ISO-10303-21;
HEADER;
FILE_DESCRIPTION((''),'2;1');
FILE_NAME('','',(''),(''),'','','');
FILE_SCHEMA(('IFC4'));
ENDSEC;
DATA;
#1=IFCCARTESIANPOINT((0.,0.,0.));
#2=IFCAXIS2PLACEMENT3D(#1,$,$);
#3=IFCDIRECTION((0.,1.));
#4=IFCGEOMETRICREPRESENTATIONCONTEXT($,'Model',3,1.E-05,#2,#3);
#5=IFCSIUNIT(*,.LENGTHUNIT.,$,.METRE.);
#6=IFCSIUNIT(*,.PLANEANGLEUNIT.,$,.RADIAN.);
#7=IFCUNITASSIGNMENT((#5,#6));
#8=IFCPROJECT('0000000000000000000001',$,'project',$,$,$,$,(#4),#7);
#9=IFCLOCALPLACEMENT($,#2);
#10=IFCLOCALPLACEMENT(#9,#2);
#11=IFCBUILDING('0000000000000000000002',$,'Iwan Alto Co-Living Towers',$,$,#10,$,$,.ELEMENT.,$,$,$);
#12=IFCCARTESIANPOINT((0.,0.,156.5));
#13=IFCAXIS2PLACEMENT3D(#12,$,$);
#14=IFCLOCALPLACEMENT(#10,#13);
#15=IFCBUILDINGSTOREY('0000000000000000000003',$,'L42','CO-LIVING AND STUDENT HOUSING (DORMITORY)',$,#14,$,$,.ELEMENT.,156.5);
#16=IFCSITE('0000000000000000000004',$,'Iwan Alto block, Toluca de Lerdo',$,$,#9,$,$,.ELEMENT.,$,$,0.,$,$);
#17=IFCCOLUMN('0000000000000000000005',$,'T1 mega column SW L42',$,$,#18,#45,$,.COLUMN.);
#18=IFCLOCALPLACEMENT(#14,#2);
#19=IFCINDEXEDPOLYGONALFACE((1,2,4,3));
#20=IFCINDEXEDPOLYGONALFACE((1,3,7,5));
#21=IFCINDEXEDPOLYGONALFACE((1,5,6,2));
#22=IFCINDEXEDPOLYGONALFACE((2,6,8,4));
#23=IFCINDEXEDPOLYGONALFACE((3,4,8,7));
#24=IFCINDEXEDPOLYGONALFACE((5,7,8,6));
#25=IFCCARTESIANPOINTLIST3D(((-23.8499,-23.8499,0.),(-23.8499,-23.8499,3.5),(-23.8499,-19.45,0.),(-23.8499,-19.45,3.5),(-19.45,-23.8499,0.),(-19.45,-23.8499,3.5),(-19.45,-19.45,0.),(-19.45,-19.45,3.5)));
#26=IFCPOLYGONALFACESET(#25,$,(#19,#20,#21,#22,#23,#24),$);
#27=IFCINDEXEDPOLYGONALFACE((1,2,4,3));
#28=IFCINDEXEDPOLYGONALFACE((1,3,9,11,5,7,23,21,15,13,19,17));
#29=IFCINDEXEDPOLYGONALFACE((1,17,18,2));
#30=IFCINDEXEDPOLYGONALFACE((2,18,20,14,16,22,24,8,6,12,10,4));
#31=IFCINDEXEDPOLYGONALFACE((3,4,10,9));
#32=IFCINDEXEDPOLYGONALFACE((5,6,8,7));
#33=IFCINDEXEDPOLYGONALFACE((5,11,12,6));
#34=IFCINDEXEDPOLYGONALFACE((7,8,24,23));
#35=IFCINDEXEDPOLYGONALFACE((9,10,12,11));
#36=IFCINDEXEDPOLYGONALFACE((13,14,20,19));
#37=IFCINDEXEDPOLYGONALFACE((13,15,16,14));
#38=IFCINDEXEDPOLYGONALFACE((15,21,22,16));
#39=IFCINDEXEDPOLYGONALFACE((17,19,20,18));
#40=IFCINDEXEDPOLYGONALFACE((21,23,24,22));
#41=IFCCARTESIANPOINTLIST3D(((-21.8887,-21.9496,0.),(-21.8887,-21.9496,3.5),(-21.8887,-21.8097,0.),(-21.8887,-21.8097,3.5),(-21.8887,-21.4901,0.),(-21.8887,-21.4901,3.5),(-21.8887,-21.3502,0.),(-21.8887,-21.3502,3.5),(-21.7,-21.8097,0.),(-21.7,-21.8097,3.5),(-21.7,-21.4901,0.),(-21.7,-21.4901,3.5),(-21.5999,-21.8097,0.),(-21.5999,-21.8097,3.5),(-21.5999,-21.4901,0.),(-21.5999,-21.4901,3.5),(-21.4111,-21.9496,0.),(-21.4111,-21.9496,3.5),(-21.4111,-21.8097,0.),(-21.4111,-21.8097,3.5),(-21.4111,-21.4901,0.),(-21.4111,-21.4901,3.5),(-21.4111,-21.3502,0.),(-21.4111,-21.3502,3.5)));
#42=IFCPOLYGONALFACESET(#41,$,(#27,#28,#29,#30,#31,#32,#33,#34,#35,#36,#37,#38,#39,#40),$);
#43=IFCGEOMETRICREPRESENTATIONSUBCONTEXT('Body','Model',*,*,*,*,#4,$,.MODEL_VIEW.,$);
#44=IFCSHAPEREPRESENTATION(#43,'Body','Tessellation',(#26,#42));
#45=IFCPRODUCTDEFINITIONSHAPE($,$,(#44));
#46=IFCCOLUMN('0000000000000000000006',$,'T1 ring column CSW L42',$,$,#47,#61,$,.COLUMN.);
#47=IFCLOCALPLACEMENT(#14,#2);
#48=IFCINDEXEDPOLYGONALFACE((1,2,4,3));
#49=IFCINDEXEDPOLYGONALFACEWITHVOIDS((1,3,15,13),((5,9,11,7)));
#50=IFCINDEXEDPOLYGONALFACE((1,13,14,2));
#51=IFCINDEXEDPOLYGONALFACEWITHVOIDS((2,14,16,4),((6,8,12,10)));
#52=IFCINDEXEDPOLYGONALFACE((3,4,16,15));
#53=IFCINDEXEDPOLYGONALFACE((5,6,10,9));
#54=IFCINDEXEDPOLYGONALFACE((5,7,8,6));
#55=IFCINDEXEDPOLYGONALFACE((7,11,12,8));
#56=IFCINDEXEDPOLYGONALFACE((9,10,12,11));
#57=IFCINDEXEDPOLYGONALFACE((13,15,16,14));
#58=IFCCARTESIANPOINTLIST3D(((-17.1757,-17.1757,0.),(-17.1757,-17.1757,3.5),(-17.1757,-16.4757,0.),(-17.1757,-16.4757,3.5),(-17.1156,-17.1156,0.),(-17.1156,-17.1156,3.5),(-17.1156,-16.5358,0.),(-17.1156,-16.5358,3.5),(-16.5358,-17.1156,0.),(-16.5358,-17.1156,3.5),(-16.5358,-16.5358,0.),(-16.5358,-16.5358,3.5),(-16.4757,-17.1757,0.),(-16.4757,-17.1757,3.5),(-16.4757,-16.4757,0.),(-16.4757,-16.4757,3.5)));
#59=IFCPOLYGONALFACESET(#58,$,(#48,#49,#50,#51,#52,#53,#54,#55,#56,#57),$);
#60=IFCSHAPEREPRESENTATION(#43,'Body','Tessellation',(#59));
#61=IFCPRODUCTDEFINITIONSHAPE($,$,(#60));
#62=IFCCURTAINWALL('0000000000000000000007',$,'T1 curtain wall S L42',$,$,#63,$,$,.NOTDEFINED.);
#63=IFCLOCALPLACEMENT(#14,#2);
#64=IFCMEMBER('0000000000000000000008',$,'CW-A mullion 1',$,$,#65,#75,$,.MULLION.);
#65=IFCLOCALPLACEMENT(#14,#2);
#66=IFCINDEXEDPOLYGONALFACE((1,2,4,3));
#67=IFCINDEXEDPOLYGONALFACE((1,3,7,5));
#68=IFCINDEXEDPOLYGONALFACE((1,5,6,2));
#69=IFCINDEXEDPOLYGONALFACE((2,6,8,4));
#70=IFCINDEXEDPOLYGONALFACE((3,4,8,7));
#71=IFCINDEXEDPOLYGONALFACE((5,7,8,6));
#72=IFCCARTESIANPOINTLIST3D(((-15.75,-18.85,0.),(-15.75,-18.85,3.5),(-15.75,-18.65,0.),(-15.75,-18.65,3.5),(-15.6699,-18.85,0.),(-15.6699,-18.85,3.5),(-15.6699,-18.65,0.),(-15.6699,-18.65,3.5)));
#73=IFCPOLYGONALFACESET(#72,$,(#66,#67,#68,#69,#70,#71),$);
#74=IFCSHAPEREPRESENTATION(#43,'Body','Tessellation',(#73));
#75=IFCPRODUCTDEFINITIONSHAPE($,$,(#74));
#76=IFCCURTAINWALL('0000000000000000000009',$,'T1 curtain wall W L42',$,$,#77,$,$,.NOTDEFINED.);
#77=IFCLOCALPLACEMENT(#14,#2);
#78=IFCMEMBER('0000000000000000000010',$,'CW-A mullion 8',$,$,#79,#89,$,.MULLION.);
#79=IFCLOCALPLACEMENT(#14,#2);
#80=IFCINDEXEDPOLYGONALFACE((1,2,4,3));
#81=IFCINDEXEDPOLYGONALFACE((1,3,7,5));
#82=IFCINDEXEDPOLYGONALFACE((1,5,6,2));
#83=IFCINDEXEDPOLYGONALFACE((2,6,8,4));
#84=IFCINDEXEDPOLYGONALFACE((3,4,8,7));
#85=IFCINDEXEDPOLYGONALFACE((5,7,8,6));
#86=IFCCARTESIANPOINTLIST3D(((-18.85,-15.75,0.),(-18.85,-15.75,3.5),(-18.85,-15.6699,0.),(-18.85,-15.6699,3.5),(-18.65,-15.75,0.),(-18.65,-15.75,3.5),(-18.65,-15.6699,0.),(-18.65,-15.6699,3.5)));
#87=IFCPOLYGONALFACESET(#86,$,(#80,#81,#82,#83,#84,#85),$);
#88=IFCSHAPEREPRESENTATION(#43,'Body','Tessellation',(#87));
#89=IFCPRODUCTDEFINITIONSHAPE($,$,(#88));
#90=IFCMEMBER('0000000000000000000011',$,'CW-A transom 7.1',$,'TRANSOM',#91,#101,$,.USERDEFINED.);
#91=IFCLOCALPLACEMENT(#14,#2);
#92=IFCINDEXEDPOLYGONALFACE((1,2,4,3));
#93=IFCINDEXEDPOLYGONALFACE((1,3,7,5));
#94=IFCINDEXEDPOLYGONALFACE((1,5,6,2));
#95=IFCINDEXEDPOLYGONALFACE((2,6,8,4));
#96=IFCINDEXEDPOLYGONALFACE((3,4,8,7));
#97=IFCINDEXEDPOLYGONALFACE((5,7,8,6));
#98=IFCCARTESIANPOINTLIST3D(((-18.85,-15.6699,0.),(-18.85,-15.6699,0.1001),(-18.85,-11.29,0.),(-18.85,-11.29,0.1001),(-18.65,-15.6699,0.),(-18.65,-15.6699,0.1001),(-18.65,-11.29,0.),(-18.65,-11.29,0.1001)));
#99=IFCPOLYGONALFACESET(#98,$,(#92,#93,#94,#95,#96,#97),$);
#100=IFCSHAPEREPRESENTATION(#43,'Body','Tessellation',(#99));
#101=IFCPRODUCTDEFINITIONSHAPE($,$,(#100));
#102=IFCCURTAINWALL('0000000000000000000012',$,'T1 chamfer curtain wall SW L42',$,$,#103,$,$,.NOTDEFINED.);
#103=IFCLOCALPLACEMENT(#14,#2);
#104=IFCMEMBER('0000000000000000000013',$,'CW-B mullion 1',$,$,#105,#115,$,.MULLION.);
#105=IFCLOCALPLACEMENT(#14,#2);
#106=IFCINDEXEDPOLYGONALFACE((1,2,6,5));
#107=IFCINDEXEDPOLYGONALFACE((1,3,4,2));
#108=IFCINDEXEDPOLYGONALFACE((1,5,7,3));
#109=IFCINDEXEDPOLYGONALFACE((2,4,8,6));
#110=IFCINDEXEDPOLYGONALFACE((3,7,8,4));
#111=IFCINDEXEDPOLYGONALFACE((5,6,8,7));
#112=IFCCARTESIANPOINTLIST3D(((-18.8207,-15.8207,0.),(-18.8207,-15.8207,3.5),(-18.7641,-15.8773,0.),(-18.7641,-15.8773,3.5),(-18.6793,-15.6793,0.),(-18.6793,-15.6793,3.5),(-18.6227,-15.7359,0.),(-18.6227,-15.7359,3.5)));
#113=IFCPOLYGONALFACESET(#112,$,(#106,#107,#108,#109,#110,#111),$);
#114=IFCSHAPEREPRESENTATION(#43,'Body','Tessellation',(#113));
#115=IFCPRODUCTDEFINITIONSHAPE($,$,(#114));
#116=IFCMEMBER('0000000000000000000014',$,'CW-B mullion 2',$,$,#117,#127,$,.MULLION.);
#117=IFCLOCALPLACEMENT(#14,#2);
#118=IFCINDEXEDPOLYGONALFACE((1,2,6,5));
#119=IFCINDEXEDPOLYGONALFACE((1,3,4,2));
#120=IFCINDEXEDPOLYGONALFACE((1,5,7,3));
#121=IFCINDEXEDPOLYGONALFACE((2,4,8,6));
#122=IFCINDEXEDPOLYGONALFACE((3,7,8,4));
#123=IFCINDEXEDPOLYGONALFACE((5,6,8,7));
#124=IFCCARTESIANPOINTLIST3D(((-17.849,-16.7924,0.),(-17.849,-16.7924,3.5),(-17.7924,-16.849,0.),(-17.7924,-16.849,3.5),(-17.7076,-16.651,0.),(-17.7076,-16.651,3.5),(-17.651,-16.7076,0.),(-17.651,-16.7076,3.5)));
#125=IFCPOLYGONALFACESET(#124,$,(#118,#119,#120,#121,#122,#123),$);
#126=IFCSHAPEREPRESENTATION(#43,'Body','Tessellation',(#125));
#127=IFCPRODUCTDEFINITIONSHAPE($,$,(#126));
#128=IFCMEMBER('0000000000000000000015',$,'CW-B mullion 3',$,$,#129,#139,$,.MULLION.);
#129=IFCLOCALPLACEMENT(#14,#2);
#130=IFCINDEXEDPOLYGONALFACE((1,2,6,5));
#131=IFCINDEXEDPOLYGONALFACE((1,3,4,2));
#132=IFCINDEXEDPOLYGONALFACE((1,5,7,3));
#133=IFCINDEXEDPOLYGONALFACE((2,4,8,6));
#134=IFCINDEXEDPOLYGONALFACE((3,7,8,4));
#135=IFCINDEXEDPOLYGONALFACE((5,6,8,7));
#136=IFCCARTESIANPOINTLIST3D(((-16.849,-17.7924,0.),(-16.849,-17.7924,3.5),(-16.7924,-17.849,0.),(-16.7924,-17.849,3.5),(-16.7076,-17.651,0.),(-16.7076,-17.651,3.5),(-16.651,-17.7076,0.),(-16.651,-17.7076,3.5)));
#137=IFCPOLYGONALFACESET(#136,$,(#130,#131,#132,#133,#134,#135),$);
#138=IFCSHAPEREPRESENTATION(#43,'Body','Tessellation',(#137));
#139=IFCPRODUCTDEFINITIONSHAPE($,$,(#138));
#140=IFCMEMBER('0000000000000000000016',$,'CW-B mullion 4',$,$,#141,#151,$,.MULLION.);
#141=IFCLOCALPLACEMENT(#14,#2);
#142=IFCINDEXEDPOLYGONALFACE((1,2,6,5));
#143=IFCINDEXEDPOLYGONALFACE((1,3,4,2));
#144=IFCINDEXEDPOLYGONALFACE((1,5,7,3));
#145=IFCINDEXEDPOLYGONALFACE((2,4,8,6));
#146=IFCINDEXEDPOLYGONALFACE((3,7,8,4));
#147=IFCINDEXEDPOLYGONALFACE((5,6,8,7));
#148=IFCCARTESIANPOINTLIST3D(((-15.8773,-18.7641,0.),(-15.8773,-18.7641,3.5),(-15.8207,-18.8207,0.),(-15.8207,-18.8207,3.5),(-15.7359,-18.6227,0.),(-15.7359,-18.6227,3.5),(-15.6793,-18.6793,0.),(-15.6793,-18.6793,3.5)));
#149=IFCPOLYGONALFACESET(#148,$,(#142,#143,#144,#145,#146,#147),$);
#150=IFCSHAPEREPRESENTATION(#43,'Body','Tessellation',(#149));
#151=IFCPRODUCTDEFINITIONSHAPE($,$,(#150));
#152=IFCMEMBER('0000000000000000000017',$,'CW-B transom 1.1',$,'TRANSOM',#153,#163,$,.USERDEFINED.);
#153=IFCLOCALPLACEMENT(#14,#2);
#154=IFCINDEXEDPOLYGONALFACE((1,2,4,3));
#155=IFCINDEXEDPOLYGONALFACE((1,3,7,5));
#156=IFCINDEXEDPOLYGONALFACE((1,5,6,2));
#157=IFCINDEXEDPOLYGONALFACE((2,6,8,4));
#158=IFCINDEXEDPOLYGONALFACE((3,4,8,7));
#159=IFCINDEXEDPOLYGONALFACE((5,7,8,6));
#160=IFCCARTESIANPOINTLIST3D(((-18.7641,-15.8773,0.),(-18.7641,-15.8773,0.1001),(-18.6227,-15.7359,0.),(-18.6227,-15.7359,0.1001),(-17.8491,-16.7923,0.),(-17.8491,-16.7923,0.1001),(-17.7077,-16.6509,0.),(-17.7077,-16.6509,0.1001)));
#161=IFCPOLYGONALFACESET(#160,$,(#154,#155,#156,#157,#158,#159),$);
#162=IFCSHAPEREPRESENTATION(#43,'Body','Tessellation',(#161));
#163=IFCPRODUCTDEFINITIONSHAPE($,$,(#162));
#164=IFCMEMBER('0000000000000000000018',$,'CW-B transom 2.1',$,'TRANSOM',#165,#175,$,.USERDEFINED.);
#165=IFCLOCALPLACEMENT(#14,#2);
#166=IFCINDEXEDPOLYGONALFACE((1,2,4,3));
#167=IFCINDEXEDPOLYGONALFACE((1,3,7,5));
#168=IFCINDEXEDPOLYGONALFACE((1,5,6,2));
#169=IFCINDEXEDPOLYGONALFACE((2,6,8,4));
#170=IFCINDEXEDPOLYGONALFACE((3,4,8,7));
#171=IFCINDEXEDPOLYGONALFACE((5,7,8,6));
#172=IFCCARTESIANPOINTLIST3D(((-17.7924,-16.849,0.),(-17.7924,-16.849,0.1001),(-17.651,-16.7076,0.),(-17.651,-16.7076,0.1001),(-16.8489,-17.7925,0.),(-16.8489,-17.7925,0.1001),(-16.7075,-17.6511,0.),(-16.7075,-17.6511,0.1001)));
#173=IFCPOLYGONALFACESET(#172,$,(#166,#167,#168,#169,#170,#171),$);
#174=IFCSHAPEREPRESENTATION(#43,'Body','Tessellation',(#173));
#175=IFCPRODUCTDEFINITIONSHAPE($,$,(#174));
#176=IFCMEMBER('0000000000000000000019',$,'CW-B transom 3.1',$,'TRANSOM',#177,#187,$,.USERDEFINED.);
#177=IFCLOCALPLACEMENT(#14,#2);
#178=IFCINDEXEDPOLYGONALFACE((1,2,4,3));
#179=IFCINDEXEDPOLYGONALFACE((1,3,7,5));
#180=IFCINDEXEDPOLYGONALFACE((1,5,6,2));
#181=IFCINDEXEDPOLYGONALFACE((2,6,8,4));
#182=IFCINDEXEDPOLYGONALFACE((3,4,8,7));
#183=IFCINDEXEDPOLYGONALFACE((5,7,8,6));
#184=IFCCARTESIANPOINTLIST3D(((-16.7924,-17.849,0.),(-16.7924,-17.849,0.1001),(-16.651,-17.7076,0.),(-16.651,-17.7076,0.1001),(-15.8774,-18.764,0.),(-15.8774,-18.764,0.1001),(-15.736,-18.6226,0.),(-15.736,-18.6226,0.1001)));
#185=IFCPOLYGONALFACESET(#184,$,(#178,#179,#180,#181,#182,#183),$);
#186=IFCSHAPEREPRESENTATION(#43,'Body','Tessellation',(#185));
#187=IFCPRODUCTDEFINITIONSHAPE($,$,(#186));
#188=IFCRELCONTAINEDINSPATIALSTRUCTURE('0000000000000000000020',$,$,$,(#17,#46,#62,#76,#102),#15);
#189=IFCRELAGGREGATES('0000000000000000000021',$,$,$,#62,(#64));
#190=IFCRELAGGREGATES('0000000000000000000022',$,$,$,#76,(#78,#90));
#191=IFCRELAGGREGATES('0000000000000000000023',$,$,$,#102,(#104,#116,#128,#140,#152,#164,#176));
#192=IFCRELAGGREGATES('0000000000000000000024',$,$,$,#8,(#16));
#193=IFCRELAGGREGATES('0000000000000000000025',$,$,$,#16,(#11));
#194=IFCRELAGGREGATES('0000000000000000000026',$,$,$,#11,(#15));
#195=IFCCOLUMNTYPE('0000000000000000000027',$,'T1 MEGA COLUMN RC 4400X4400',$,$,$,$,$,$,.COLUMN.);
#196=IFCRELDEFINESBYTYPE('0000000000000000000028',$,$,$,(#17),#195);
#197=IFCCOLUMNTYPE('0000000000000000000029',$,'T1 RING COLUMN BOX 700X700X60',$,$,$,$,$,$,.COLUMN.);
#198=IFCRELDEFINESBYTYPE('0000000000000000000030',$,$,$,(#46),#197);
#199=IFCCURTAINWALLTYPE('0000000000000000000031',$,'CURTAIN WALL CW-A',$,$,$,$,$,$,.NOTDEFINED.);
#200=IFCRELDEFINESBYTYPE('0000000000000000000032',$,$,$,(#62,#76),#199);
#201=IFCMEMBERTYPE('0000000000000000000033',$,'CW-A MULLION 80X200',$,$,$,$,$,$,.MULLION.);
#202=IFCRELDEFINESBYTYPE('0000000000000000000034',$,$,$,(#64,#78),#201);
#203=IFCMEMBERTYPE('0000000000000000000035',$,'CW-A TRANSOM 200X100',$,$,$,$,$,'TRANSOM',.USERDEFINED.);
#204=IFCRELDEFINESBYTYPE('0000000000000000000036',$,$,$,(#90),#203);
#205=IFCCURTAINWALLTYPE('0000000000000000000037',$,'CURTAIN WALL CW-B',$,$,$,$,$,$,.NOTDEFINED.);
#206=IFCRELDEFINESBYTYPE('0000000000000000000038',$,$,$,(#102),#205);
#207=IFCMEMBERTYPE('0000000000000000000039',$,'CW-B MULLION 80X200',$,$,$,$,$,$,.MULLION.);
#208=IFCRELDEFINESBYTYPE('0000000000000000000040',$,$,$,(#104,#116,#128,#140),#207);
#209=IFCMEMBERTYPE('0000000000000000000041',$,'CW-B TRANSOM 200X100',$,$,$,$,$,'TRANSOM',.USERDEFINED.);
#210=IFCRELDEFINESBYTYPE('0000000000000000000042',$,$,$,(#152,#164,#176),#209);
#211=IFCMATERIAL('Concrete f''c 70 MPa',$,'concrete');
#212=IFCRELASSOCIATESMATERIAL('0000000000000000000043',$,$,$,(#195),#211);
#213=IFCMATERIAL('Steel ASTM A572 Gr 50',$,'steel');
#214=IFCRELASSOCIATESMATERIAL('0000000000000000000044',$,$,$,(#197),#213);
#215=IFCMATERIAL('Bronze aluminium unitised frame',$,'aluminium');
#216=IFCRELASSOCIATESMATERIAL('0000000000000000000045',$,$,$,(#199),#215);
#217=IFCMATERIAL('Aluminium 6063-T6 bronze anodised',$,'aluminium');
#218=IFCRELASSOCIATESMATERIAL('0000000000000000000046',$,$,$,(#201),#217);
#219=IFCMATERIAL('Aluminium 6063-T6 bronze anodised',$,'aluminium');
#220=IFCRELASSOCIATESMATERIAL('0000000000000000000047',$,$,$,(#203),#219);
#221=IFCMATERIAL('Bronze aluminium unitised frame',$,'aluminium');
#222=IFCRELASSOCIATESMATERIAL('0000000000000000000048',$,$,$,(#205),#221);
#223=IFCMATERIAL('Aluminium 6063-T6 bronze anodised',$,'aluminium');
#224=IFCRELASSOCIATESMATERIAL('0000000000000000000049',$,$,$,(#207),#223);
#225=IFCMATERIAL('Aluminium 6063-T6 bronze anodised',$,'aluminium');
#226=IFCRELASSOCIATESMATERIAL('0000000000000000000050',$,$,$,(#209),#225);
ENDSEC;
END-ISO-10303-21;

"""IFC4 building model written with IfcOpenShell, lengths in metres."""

from ifc_helpers import new_model, si_unit, direction, frame, origin, origin_2d, place, context, subcontext, project, spatial, rectangle, hollow_rectangle, i_section, extrude, material, material_profile, profile_set, type_object, element, aggregate, save


model = new_model("IFC4")

# Units and contexts
model_context = context("Model", 3, precision=1e-05, world=origin(), true_north=direction((0.0, 1.0)))
body_context = subcontext(model_context, "Body", "Model", "MODEL_VIEW")
ifc_project = project(units=[si_unit("LENGTHUNIT", "METRE"), si_unit("PLANEANGLEUNIT", "RADIAN")], contexts=[model_context])

# Site, building, storey
site_placement = place(None, origin())
site = spatial("IfcSite", under=ifc_project, at=site_placement, Name="Iwan Alto block, Toluca de Lerdo", CompositionType="ELEMENT", RefElevation=0.0)
building_placement = place(site_placement, origin())
building = spatial("IfcBuilding", under=site, at=building_placement, Name="Iwan Alto Co-Living Towers", CompositionType="ELEMENT")
storey_placement = place(building_placement, frame((0.0, 0.0, 156.5)))
storey = spatial("IfcBuildingStorey", under=building, at=storey_placement, Name="L42", Description="CO-LIVING AND STUDENT HOUSING (DORMITORY)", CompositionType="ELEMENT", Elevation=156.5)

# Columns
ifc_material_1 = material(Name="Concrete f'c 70 MPa", Category="concrete")
ifc_material_profile_1 = material_profile(ifc_material_1, rectangle(XDim=4.3999, YDim=4.3999, at=origin_2d()), Name="RC 4400X4400")
ifc_profile_set_1 = profile_set([ifc_material_profile_1], Name="Concrete f'c 70 MPa")
column_type_1 = type_object("IfcColumnType", Name="T1 MEGA COLUMN RC 4400X4400", PredefinedType="COLUMN", material=ifc_profile_set_1)
column_1_placement = place(storey_placement, frame((-21.6499, -21.6499, 0.0), z_axis=(0.0, 0.0, 1.0), x_axis=(1.0, 0.0, 0.0)))
element("IfcColumn", 1, at=column_1_placement, inside=storey, type_object=column_type_1, Name="T1 mega column SW L42", PredefinedType="COLUMN", context=body_context, shape_type="SweptSolid", body=[
    extrude(rectangle(XDim=4.3999, YDim=4.3999, at=origin_2d()), origin(), (0.0, 0.0, 1.0), 3.5),
    extrude(i_section(OverallWidth=0.4775, OverallDepth=0.5994, WebThickness=0.1001, FlangeThickness=0.1399, at=origin_2d()), origin(), (0.0, 0.0, 1.0), 3.5),
])
ifc_material_2 = material(Name="Steel ASTM A572 Gr 50", Category="steel")
ifc_material_profile_2 = material_profile(ifc_material_2, hollow_rectangle(XDim=0.7, YDim=0.7, WallThickness=0.0601, at=origin_2d()), Name="BOX 700X700X60")
ifc_profile_set_2 = profile_set([ifc_material_profile_2], Name="Steel ASTM A572 Gr 50")
column_type_2 = type_object("IfcColumnType", Name="T1 RING COLUMN BOX 700X700X60", PredefinedType="COLUMN", material=ifc_profile_set_2)
column_2_placement = place(storey_placement, frame((-16.8257, -16.8257, 0.0), z_axis=(0.0, 0.0, 1.0), x_axis=(1.0, 0.0, 0.0)))
element("IfcColumn", 2, at=column_2_placement, inside=storey, type_object=column_type_2, Name="T1 ring column CSW L42", PredefinedType="COLUMN", context=body_context, shape_type="SweptSolid", body=[
    extrude(hollow_rectangle(XDim=0.7, YDim=0.7, WallThickness=0.0601, at=origin_2d()), origin(), (0.0, 0.0, 1.0), 3.5),
])

# Curtain wall, member
ifc_material_3 = material(Name="Bronze aluminium unitised frame", Category="aluminium")
curtain_wall_type_1 = type_object("IfcCurtainWallType", Name="CURTAIN WALL CW-A", PredefinedType="NOTDEFINED", material=ifc_material_3)
curtain_wall_1_placement = place(storey_placement, origin())
curtain_wall_1 = element("IfcCurtainWall", 3, at=curtain_wall_1_placement, inside=storey, type_object=curtain_wall_type_1, Name="T1 curtain wall S L42", PredefinedType="NOTDEFINED")
ifc_material_4 = material(Name="Aluminium 6063-T6 bronze anodised", Category="aluminium")
ifc_material_profile_3 = material_profile(ifc_material_4, rectangle(XDim=0.2, YDim=0.0801, at=origin_2d()), Name="AL 80X200")
ifc_profile_set_3 = profile_set([ifc_material_profile_3], Name="Aluminium 6063-T6 bronze anodised")
member_type_1 = type_object("IfcMemberType", Name="CW-A MULLION 80X200", PredefinedType="MULLION", material=ifc_profile_set_3)
member_1_placement = place(storey_placement, frame((-15.71, -18.75, 0.0), z_axis=(0.0, 0.0, 1.0), x_axis=(0.0, 1.0, 0.0)))
member_1 = element("IfcMember", 4, at=member_1_placement, type_object=member_type_1, Name="CW-A mullion 1", PredefinedType="MULLION", context=body_context, shape_type="SweptSolid", body=[
    extrude(rectangle(XDim=0.2, YDim=0.0801, at=origin_2d()), origin(), (0.0, 0.0, 1.0), 3.5),
])
aggregate(curtain_wall_1, [member_1])

# Curtain walls, members
curtain_wall_2_placement = place(storey_placement, origin())
curtain_wall_2 = element("IfcCurtainWall", 5, at=curtain_wall_2_placement, inside=storey, type_object=curtain_wall_type_1, Name="T1 curtain wall W L42", PredefinedType="NOTDEFINED")
member_2_placement = place(storey_placement, frame((-18.75, -15.71, 0.0), z_axis=(0.0, 0.0, 1.0), x_axis=(1.0, 0.0, 0.0)))
member_2 = element("IfcMember", 6, at=member_2_placement, type_object=member_type_1, Name="CW-A mullion 8", PredefinedType="MULLION", context=body_context, shape_type="SweptSolid", body=[
    extrude(rectangle(XDim=0.2, YDim=0.0801, at=origin_2d()), origin(), (0.0, 0.0, 1.0), 3.5),
])
ifc_material_5 = material(Name="Aluminium 6063-T6 bronze anodised", Category="aluminium")
ifc_material_profile_4 = material_profile(ifc_material_5, rectangle(XDim=0.2, YDim=0.1001, at=origin_2d()), Name="AL 200X100")
ifc_profile_set_4 = profile_set([ifc_material_profile_4], Name="Aluminium 6063-T6 bronze anodised")
member_type_2 = type_object("IfcMemberType", Name="CW-A TRANSOM 200X100", ElementType="TRANSOM", PredefinedType="USERDEFINED", material=ifc_profile_set_4)
member_3_placement = place(storey_placement, frame((-18.75, -11.29, 0.05), z_axis=(0.0, -1.0, 0.0), x_axis=(1.0, 0.0, 0.0)))
member_3 = element("IfcMember", 7, at=member_3_placement, type_object=member_type_2, Name="CW-A transom 7.1", ObjectType="TRANSOM", PredefinedType="USERDEFINED", context=body_context, shape_type="SweptSolid", body=[
    extrude(rectangle(XDim=0.2, YDim=0.1001, at=origin_2d()), origin(), (0.0, 0.0, 1.0), 4.3799),
])
ifc_material_6 = material(Name="Bronze aluminium unitised frame", Category="aluminium")
curtain_wall_type_2 = type_object("IfcCurtainWallType", Name="CURTAIN WALL CW-B", PredefinedType="NOTDEFINED", material=ifc_material_6)
curtain_wall_3_placement = place(storey_placement, origin())
curtain_wall_3 = element("IfcCurtainWall", 8, at=curtain_wall_3_placement, inside=storey, type_object=curtain_wall_type_2, Name="T1 chamfer curtain wall SW L42", PredefinedType="NOTDEFINED")
ifc_material_7 = material(Name="Aluminium 6063-T6 bronze anodised", Category="aluminium")
ifc_material_profile_5 = material_profile(ifc_material_7, rectangle(XDim=0.2, YDim=0.0801, at=origin_2d()), Name="AL 80X200")
ifc_profile_set_5 = profile_set([ifc_material_profile_5], Name="Aluminium 6063-T6 bronze anodised")
member_type_3 = type_object("IfcMemberType", Name="CW-B MULLION 80X200", PredefinedType="MULLION", material=ifc_profile_set_5)
member_4_placement = place(storey_placement, frame((-18.7217, -15.7783, 0.0), z_axis=(0.0, 0.0, 1.0), x_axis=(0.707107, 0.707107, 0.0)))
member_4 = element("IfcMember", 9, at=member_4_placement, type_object=member_type_3, Name="CW-B mullion 1", PredefinedType="MULLION", context=body_context, shape_type="SweptSolid", body=[
    extrude(rectangle(XDim=0.2, YDim=0.0801, at=origin_2d()), origin(), (0.0, 0.0, 1.0), 3.5),
])
member_5_placement = place(storey_placement, frame((-17.75, -16.75, 0.0), z_axis=(0.0, 0.0, 1.0), x_axis=(0.707107, 0.707107, 0.0)))
member_5 = element("IfcMember", 10, at=member_5_placement, type_object=member_type_3, Name="CW-B mullion 2", PredefinedType="MULLION", context=body_context, shape_type="SweptSolid", body=[
    extrude(rectangle(XDim=0.2, YDim=0.0801, at=origin_2d()), origin(), (0.0, 0.0, 1.0), 3.5),
])
member_6_placement = place(storey_placement, frame((-16.75, -17.75, 0.0), z_axis=(0.0, 0.0, 1.0), x_axis=(0.707107, 0.707107, 0.0)))
member_6 = element("IfcMember", 11, at=member_6_placement, type_object=member_type_3, Name="CW-B mullion 3", PredefinedType="MULLION", context=body_context, shape_type="SweptSolid", body=[
    extrude(rectangle(XDim=0.2, YDim=0.0801, at=origin_2d()), origin(), (0.0, 0.0, 1.0), 3.5),
])
member_7_placement = place(storey_placement, frame((-15.7783, -18.7217, 0.0), z_axis=(0.0, 0.0, 1.0), x_axis=(0.707107, 0.707107, 0.0)))
member_7 = element("IfcMember", 12, at=member_7_placement, type_object=member_type_3, Name="CW-B mullion 4", PredefinedType="MULLION", context=body_context, shape_type="SweptSolid", body=[
    extrude(rectangle(XDim=0.2, YDim=0.0801, at=origin_2d()), origin(), (0.0, 0.0, 1.0), 3.5),
])
ifc_material_8 = material(Name="Aluminium 6063-T6 bronze anodised", Category="aluminium")
ifc_material_profile_6 = material_profile(ifc_material_8, rectangle(XDim=0.2, YDim=0.1001, at=origin_2d()), Name="AL 200X100")
ifc_profile_set_6 = profile_set([ifc_material_profile_6], Name="Aluminium 6063-T6 bronze anodised")
member_type_4 = type_object("IfcMemberType", Name="CW-B TRANSOM 200X100", ElementType="TRANSOM", PredefinedType="USERDEFINED", material=ifc_profile_set_6)
member_8_placement = place(storey_placement, frame((-18.6934, -15.8066, 0.05), z_axis=(0.707107, -0.707107, 0.0), x_axis=(0.707107, 0.707107, 0.0)))
member_8 = element("IfcMember", 13, at=member_8_placement, type_object=member_type_4, Name="CW-B transom 1.1", ObjectType="TRANSOM", PredefinedType="USERDEFINED", context=body_context, shape_type="SweptSolid", body=[
    extrude(rectangle(XDim=0.2, YDim=0.1001, at=origin_2d()), origin(), (0.0, 0.0, 1.0), 1.2939),
])
member_9_placement = place(storey_placement, frame((-17.7217, -16.7783, 0.05), z_axis=(0.707107, -0.707107, 0.0), x_axis=(0.707107, 0.707107, 0.0)))
member_9 = element("IfcMember", 14, at=member_9_placement, type_object=member_type_4, Name="CW-B transom 2.1", ObjectType="TRANSOM", PredefinedType="USERDEFINED", context=body_context, shape_type="SweptSolid", body=[
    extrude(rectangle(XDim=0.2, YDim=0.1001, at=origin_2d()), origin(), (0.0, 0.0, 1.0), 1.3342),
])
member_10_placement = place(storey_placement, frame((-16.7217, -17.7783, 0.05), z_axis=(0.707107, -0.707107, 0.0), x_axis=(0.707107, 0.707107, 0.0)))
member_10 = element("IfcMember", 15, at=member_10_placement, type_object=member_type_4, Name="CW-B transom 3.1", ObjectType="TRANSOM", PredefinedType="USERDEFINED", context=body_context, shape_type="SweptSolid", body=[
    extrude(rectangle(XDim=0.2, YDim=0.1001, at=origin_2d()), origin(), (0.0, 0.0, 1.0), 1.2939),
])

aggregate(curtain_wall_2, [member_2, member_3])
aggregate(curtain_wall_3, [member_4, member_5, member_6, member_7, member_8, member_9, member_10])

save(model, "model.ifc")
